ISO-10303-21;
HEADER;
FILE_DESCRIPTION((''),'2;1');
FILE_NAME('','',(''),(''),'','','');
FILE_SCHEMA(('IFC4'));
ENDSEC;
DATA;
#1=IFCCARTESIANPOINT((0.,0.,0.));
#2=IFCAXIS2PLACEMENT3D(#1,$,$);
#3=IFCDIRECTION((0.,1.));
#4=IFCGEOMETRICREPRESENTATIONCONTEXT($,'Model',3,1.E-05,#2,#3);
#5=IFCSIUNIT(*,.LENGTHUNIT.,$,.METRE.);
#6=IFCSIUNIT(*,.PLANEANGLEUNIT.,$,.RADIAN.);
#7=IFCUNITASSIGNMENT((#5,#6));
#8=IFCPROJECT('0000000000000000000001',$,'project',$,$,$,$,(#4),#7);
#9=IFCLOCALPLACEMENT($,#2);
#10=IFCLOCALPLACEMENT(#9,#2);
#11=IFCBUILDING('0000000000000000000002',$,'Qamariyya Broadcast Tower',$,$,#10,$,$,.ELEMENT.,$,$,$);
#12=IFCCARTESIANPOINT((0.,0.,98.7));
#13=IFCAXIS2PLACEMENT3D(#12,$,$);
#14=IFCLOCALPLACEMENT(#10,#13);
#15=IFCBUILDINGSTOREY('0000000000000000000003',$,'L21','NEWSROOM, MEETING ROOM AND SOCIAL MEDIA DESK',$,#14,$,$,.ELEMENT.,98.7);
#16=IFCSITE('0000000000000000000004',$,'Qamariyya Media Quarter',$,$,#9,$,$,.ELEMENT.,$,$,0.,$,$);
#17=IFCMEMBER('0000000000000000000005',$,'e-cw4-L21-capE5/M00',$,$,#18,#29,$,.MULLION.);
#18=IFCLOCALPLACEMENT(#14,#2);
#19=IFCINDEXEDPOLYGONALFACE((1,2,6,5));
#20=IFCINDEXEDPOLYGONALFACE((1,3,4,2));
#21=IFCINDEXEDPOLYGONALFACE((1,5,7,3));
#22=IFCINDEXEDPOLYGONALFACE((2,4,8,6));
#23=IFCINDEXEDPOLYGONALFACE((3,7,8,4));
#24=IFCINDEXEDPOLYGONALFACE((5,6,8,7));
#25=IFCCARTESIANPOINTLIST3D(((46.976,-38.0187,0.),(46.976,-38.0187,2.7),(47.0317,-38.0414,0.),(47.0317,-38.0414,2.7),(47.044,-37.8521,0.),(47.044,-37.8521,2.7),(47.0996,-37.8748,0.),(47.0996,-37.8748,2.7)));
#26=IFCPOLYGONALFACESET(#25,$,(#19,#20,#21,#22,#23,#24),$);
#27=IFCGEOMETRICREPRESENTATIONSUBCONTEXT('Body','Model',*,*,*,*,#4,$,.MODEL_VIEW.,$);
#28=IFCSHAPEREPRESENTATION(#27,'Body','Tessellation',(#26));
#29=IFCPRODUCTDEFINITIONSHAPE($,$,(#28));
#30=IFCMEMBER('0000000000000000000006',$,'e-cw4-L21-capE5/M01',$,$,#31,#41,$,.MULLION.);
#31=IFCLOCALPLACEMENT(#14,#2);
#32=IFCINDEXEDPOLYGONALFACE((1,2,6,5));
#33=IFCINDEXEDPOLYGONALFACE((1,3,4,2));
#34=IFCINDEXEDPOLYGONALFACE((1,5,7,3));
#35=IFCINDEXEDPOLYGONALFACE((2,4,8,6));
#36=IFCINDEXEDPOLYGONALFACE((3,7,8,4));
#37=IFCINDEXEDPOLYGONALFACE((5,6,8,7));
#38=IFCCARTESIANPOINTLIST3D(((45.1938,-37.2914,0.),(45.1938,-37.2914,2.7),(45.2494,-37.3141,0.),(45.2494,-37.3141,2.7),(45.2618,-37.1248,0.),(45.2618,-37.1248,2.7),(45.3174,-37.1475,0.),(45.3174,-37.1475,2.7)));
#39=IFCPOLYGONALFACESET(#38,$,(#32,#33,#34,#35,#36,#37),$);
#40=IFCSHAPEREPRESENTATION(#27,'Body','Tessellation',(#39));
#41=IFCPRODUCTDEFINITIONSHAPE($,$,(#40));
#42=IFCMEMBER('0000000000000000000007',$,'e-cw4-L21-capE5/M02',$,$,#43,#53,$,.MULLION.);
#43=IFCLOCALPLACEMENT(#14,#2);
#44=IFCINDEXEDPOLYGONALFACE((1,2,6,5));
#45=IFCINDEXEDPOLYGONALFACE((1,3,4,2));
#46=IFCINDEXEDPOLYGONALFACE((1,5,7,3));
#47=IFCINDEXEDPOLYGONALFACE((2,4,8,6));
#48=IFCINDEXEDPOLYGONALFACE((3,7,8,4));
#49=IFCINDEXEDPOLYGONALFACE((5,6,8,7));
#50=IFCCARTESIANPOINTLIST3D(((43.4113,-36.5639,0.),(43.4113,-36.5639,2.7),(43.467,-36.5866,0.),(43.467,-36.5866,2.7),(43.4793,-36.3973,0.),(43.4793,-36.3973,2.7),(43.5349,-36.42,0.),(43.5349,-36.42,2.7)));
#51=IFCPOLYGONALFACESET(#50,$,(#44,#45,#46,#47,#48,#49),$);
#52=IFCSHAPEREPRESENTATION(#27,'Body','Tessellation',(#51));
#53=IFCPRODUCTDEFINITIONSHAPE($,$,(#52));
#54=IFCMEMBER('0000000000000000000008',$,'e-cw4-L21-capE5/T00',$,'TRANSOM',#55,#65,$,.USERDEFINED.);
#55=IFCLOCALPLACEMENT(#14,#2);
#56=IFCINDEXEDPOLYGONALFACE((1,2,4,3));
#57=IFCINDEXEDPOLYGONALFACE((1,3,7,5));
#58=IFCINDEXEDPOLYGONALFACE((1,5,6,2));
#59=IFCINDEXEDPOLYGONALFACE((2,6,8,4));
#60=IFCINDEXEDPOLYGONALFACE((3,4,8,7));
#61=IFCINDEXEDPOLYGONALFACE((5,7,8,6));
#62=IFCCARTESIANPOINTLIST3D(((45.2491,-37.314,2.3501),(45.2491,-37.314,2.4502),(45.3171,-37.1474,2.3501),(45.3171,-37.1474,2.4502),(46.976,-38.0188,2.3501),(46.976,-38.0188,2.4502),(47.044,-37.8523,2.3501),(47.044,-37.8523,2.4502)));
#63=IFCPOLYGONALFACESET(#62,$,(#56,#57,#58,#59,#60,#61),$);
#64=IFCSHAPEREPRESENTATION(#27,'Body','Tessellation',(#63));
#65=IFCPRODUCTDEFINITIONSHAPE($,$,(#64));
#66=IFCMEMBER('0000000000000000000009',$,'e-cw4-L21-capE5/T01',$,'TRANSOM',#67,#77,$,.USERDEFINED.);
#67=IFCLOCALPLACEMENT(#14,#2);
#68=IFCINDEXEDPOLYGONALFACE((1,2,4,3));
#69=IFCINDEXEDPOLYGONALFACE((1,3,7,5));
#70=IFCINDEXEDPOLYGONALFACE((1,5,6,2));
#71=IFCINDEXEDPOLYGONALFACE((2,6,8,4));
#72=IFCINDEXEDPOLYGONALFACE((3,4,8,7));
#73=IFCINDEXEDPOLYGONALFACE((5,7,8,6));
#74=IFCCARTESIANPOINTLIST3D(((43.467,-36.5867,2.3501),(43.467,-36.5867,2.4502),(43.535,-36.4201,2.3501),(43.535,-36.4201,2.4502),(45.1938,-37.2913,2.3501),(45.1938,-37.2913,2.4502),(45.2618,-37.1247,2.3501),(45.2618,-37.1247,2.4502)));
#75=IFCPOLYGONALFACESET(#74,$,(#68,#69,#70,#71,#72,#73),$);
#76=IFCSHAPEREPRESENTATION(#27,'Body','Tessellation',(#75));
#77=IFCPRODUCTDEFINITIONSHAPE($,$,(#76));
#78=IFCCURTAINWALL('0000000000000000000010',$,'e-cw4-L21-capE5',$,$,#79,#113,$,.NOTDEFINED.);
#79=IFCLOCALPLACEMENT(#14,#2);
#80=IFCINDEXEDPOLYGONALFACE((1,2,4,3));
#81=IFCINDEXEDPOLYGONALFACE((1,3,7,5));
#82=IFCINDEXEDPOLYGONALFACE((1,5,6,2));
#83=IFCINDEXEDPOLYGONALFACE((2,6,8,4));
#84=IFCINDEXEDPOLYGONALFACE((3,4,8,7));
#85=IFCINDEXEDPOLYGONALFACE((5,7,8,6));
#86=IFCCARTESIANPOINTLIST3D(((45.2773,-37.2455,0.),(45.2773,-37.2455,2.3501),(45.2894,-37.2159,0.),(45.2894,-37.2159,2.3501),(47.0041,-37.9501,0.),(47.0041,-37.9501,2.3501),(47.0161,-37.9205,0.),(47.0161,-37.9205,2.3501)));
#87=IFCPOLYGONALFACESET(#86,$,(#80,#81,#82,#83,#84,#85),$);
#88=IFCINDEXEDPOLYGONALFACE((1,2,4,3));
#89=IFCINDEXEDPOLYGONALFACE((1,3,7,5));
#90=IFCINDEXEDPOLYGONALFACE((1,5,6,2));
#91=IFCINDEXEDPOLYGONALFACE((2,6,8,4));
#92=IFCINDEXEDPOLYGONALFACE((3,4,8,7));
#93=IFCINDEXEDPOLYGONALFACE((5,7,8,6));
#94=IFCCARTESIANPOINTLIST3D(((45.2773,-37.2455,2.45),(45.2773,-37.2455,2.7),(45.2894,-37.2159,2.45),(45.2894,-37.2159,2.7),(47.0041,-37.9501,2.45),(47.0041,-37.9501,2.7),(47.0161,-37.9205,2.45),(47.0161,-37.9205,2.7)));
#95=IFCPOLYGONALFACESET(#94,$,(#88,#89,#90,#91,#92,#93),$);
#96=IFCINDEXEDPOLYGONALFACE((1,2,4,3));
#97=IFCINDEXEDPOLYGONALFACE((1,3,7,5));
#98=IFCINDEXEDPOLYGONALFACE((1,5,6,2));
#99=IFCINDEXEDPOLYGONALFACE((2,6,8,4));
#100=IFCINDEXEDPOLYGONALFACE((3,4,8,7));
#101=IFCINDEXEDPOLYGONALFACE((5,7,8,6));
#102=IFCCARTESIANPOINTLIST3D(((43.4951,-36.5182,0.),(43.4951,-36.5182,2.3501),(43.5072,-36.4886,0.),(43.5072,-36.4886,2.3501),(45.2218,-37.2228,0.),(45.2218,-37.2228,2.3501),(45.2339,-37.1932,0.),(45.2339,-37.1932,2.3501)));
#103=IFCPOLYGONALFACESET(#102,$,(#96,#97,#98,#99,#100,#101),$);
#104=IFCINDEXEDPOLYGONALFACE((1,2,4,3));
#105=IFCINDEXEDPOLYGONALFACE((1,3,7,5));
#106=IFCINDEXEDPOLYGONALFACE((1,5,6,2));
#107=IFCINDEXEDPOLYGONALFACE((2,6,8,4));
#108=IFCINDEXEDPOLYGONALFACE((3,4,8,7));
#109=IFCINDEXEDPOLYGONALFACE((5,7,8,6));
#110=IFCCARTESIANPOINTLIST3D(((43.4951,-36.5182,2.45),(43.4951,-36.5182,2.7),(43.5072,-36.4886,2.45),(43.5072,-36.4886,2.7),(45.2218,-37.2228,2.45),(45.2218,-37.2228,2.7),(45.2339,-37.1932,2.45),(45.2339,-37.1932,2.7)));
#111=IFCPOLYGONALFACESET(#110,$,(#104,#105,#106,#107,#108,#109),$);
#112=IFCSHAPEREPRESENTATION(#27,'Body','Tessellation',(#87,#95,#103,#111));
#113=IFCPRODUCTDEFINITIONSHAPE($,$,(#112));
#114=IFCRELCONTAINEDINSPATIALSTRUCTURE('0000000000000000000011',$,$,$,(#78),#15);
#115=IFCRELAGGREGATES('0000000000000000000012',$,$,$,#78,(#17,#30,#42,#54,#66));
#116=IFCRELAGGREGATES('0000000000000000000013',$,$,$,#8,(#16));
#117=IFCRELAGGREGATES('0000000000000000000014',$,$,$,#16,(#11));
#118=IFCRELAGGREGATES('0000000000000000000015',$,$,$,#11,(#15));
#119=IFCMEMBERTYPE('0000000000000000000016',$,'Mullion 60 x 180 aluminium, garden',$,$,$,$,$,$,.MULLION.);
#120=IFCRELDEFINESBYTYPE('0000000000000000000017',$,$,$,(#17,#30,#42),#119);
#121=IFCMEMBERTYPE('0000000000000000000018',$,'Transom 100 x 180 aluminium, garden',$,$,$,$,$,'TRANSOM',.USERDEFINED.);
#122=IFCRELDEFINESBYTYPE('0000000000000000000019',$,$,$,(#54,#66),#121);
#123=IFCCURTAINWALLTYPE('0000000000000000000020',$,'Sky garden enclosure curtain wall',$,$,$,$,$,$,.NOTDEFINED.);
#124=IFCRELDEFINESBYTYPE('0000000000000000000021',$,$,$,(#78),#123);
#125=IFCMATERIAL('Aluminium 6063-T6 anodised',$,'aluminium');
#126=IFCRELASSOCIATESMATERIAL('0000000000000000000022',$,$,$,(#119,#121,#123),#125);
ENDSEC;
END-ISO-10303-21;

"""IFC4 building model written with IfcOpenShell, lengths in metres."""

from ifc_helpers import new_model, si_unit, direction, frame, origin, origin_2d, place, context, subcontext, project, spatial, rectangle, extrude, material, material_profile, profile_set, type_object, element, aggregate, save


model = new_model("IFC4")

# Units and contexts
model_context = context("Model", 3, precision=1e-05, world=origin(), true_north=direction((0.0, 1.0)))
body_context = subcontext(model_context, "Body", "Model", "MODEL_VIEW")
ifc_project = project(units=[si_unit("LENGTHUNIT", "METRE"), si_unit("PLANEANGLEUNIT", "RADIAN")], contexts=[model_context])

# Members
ifc_material = material(Name="Aluminium 6063-T6 anodised", Category="aluminium")
ifc_material_profile_1 = material_profile(ifc_material, rectangle(XDim=0.1799, YDim=0.0601, at=origin_2d()))
ifc_profile_set_1 = profile_set([ifc_material_profile_1], Name="Aluminium 6063-T6 anodised")
member_type_1 = type_object("IfcMemberType", Name="Mullion 60 x 180 aluminium, garden", PredefinedType="MULLION", material=ifc_profile_set_1)
site_placement = place(None, origin())
building_placement = place(site_placement, origin())
storey_placement = place(building_placement, frame((0.0, 0.0, 98.7)))
member_1_placement = place(storey_placement, frame((47.0378, -37.9468, 0.0), z_axis=(0.0, 0.0, 1.0), x_axis=(-0.377859, -0.925863, 0.0)))
member_1 = element("IfcMember", 1, at=member_1_placement, type_object=member_type_1, Name="e-cw4-L21-capE5/M00", PredefinedType="MULLION", context=body_context, shape_type="SweptSolid", body=[
    extrude(rectangle(XDim=0.1799, YDim=0.0601, at=origin_2d()), origin(), (0.0, 0.0, 1.0), 2.7),
])
member_2_placement = place(storey_placement, frame((45.2556, -37.2195, 0.0), z_axis=(0.0, 0.0, 1.0), x_axis=(-0.377859, -0.925863, 0.0)))
member_2 = element("IfcMember", 2, at=member_2_placement, type_object=member_type_1, Name="e-cw4-L21-capE5/M01", PredefinedType="MULLION", context=body_context, shape_type="SweptSolid", body=[
    extrude(rectangle(XDim=0.1799, YDim=0.0601, at=origin_2d()), origin(), (0.0, 0.0, 1.0), 2.7),
])
member_3_placement = place(storey_placement, frame((43.4731, -36.4919, 0.0), z_axis=(0.0, 0.0, 1.0), x_axis=(-0.377859, -0.925863, 0.0)))
member_3 = element("IfcMember", 3, at=member_3_placement, type_object=member_type_1, Name="e-cw4-L21-capE5/M02", PredefinedType="MULLION", context=body_context, shape_type="SweptSolid", body=[
    extrude(rectangle(XDim=0.1799, YDim=0.0601, at=origin_2d()), origin(), (0.0, 0.0, 1.0), 2.7),
])
ifc_material_profile_2 = material_profile(ifc_material, rectangle(XDim=0.1799, YDim=0.1001, at=origin_2d()))
ifc_profile_set_2 = profile_set([ifc_material_profile_2], Name="Aluminium 6063-T6 anodised")
member_type_2 = type_object("IfcMemberType", Name="Transom 100 x 180 aluminium, garden", ElementType="TRANSOM", PredefinedType="USERDEFINED", material=ifc_profile_set_2)
member_4_placement = place(storey_placement, frame((47.01, -37.9355, 2.4001), z_axis=(-0.925845, 0.377904, 0.0), x_axis=(-0.377904, -0.925845, 0.0)))
member_4 = element("IfcMember", 4, at=member_4_placement, type_object=member_type_2, Name="e-cw4-L21-capE5/T00", ObjectType="TRANSOM", PredefinedType="USERDEFINED", context=body_context, shape_type="SweptSolid", body=[
    extrude(rectangle(XDim=0.1799, YDim=0.1001, at=origin_2d()), origin(), (0.0, 0.0, 1.0), 1.8652),
])
member_5_placement = place(storey_placement, frame((45.2278, -37.208, 2.4001), z_axis=(-0.925891, 0.377792, 0.0), x_axis=(-0.377792, -0.925891, 0.0)))
member_5 = element("IfcMember", 5, at=member_5_placement, type_object=member_type_2, Name="e-cw4-L21-capE5/T01", ObjectType="TRANSOM", PredefinedType="USERDEFINED", context=body_context, shape_type="SweptSolid", body=[
    extrude(rectangle(XDim=0.1799, YDim=0.1001, at=origin_2d()), origin(), (0.0, 0.0, 1.0), 1.865),
])

# Site, building, storey
site = spatial("IfcSite", under=ifc_project, at=site_placement, Name="Qamariyya Media Quarter", CompositionType="ELEMENT", RefElevation=0.0)
building = spatial("IfcBuilding", under=site, at=building_placement, Name="Qamariyya Broadcast Tower", CompositionType="ELEMENT")
storey = spatial("IfcBuildingStorey", under=building, at=storey_placement, Name="L21", Description="NEWSROOM, MEETING ROOM AND SOCIAL MEDIA DESK", CompositionType="ELEMENT", Elevation=98.7)

# Curtain wall
curtain_wall_type = type_object("IfcCurtainWallType", Name="Sky garden enclosure curtain wall", PredefinedType="NOTDEFINED", material=ifc_material)
curtain_wall_1_placement = place(storey_placement, origin())
curtain_wall_1 = element("IfcCurtainWall", 6, at=curtain_wall_1_placement, inside=storey, type_object=curtain_wall_type, Name="e-cw4-L21-capE5", PredefinedType="NOTDEFINED", context=body_context, shape_type="SweptSolid", body=[
    extrude(rectangle(XDim=1.865, YDim=0.032, at=origin_2d()), frame((46.1467, -37.583, 0.0), x_axis=(-0.925875, 0.37783, 0.0)), (0.0, 0.0, 1.0), 2.3501),
    extrude(rectangle(XDim=1.865, YDim=0.032, at=origin_2d()), frame((46.1467, -37.583, 2.45), x_axis=(-0.925875, 0.37783, 0.0)), (0.0, 0.0, 1.0), 0.25),
    extrude(rectangle(XDim=1.865, YDim=0.032, at=origin_2d()), frame((44.3645, -36.8557, 0.0), x_axis=(-0.925875, 0.37783, 0.0)), (0.0, 0.0, 1.0), 2.3501),
    extrude(rectangle(XDim=1.865, YDim=0.032, at=origin_2d()), frame((44.3645, -36.8557, 2.45), x_axis=(-0.925875, 0.37783, 0.0)), (0.0, 0.0, 1.0), 0.25),
])
aggregate(curtain_wall_1, [member_1, member_2, member_3, member_4, member_5])

save(model, "model.ifc")
